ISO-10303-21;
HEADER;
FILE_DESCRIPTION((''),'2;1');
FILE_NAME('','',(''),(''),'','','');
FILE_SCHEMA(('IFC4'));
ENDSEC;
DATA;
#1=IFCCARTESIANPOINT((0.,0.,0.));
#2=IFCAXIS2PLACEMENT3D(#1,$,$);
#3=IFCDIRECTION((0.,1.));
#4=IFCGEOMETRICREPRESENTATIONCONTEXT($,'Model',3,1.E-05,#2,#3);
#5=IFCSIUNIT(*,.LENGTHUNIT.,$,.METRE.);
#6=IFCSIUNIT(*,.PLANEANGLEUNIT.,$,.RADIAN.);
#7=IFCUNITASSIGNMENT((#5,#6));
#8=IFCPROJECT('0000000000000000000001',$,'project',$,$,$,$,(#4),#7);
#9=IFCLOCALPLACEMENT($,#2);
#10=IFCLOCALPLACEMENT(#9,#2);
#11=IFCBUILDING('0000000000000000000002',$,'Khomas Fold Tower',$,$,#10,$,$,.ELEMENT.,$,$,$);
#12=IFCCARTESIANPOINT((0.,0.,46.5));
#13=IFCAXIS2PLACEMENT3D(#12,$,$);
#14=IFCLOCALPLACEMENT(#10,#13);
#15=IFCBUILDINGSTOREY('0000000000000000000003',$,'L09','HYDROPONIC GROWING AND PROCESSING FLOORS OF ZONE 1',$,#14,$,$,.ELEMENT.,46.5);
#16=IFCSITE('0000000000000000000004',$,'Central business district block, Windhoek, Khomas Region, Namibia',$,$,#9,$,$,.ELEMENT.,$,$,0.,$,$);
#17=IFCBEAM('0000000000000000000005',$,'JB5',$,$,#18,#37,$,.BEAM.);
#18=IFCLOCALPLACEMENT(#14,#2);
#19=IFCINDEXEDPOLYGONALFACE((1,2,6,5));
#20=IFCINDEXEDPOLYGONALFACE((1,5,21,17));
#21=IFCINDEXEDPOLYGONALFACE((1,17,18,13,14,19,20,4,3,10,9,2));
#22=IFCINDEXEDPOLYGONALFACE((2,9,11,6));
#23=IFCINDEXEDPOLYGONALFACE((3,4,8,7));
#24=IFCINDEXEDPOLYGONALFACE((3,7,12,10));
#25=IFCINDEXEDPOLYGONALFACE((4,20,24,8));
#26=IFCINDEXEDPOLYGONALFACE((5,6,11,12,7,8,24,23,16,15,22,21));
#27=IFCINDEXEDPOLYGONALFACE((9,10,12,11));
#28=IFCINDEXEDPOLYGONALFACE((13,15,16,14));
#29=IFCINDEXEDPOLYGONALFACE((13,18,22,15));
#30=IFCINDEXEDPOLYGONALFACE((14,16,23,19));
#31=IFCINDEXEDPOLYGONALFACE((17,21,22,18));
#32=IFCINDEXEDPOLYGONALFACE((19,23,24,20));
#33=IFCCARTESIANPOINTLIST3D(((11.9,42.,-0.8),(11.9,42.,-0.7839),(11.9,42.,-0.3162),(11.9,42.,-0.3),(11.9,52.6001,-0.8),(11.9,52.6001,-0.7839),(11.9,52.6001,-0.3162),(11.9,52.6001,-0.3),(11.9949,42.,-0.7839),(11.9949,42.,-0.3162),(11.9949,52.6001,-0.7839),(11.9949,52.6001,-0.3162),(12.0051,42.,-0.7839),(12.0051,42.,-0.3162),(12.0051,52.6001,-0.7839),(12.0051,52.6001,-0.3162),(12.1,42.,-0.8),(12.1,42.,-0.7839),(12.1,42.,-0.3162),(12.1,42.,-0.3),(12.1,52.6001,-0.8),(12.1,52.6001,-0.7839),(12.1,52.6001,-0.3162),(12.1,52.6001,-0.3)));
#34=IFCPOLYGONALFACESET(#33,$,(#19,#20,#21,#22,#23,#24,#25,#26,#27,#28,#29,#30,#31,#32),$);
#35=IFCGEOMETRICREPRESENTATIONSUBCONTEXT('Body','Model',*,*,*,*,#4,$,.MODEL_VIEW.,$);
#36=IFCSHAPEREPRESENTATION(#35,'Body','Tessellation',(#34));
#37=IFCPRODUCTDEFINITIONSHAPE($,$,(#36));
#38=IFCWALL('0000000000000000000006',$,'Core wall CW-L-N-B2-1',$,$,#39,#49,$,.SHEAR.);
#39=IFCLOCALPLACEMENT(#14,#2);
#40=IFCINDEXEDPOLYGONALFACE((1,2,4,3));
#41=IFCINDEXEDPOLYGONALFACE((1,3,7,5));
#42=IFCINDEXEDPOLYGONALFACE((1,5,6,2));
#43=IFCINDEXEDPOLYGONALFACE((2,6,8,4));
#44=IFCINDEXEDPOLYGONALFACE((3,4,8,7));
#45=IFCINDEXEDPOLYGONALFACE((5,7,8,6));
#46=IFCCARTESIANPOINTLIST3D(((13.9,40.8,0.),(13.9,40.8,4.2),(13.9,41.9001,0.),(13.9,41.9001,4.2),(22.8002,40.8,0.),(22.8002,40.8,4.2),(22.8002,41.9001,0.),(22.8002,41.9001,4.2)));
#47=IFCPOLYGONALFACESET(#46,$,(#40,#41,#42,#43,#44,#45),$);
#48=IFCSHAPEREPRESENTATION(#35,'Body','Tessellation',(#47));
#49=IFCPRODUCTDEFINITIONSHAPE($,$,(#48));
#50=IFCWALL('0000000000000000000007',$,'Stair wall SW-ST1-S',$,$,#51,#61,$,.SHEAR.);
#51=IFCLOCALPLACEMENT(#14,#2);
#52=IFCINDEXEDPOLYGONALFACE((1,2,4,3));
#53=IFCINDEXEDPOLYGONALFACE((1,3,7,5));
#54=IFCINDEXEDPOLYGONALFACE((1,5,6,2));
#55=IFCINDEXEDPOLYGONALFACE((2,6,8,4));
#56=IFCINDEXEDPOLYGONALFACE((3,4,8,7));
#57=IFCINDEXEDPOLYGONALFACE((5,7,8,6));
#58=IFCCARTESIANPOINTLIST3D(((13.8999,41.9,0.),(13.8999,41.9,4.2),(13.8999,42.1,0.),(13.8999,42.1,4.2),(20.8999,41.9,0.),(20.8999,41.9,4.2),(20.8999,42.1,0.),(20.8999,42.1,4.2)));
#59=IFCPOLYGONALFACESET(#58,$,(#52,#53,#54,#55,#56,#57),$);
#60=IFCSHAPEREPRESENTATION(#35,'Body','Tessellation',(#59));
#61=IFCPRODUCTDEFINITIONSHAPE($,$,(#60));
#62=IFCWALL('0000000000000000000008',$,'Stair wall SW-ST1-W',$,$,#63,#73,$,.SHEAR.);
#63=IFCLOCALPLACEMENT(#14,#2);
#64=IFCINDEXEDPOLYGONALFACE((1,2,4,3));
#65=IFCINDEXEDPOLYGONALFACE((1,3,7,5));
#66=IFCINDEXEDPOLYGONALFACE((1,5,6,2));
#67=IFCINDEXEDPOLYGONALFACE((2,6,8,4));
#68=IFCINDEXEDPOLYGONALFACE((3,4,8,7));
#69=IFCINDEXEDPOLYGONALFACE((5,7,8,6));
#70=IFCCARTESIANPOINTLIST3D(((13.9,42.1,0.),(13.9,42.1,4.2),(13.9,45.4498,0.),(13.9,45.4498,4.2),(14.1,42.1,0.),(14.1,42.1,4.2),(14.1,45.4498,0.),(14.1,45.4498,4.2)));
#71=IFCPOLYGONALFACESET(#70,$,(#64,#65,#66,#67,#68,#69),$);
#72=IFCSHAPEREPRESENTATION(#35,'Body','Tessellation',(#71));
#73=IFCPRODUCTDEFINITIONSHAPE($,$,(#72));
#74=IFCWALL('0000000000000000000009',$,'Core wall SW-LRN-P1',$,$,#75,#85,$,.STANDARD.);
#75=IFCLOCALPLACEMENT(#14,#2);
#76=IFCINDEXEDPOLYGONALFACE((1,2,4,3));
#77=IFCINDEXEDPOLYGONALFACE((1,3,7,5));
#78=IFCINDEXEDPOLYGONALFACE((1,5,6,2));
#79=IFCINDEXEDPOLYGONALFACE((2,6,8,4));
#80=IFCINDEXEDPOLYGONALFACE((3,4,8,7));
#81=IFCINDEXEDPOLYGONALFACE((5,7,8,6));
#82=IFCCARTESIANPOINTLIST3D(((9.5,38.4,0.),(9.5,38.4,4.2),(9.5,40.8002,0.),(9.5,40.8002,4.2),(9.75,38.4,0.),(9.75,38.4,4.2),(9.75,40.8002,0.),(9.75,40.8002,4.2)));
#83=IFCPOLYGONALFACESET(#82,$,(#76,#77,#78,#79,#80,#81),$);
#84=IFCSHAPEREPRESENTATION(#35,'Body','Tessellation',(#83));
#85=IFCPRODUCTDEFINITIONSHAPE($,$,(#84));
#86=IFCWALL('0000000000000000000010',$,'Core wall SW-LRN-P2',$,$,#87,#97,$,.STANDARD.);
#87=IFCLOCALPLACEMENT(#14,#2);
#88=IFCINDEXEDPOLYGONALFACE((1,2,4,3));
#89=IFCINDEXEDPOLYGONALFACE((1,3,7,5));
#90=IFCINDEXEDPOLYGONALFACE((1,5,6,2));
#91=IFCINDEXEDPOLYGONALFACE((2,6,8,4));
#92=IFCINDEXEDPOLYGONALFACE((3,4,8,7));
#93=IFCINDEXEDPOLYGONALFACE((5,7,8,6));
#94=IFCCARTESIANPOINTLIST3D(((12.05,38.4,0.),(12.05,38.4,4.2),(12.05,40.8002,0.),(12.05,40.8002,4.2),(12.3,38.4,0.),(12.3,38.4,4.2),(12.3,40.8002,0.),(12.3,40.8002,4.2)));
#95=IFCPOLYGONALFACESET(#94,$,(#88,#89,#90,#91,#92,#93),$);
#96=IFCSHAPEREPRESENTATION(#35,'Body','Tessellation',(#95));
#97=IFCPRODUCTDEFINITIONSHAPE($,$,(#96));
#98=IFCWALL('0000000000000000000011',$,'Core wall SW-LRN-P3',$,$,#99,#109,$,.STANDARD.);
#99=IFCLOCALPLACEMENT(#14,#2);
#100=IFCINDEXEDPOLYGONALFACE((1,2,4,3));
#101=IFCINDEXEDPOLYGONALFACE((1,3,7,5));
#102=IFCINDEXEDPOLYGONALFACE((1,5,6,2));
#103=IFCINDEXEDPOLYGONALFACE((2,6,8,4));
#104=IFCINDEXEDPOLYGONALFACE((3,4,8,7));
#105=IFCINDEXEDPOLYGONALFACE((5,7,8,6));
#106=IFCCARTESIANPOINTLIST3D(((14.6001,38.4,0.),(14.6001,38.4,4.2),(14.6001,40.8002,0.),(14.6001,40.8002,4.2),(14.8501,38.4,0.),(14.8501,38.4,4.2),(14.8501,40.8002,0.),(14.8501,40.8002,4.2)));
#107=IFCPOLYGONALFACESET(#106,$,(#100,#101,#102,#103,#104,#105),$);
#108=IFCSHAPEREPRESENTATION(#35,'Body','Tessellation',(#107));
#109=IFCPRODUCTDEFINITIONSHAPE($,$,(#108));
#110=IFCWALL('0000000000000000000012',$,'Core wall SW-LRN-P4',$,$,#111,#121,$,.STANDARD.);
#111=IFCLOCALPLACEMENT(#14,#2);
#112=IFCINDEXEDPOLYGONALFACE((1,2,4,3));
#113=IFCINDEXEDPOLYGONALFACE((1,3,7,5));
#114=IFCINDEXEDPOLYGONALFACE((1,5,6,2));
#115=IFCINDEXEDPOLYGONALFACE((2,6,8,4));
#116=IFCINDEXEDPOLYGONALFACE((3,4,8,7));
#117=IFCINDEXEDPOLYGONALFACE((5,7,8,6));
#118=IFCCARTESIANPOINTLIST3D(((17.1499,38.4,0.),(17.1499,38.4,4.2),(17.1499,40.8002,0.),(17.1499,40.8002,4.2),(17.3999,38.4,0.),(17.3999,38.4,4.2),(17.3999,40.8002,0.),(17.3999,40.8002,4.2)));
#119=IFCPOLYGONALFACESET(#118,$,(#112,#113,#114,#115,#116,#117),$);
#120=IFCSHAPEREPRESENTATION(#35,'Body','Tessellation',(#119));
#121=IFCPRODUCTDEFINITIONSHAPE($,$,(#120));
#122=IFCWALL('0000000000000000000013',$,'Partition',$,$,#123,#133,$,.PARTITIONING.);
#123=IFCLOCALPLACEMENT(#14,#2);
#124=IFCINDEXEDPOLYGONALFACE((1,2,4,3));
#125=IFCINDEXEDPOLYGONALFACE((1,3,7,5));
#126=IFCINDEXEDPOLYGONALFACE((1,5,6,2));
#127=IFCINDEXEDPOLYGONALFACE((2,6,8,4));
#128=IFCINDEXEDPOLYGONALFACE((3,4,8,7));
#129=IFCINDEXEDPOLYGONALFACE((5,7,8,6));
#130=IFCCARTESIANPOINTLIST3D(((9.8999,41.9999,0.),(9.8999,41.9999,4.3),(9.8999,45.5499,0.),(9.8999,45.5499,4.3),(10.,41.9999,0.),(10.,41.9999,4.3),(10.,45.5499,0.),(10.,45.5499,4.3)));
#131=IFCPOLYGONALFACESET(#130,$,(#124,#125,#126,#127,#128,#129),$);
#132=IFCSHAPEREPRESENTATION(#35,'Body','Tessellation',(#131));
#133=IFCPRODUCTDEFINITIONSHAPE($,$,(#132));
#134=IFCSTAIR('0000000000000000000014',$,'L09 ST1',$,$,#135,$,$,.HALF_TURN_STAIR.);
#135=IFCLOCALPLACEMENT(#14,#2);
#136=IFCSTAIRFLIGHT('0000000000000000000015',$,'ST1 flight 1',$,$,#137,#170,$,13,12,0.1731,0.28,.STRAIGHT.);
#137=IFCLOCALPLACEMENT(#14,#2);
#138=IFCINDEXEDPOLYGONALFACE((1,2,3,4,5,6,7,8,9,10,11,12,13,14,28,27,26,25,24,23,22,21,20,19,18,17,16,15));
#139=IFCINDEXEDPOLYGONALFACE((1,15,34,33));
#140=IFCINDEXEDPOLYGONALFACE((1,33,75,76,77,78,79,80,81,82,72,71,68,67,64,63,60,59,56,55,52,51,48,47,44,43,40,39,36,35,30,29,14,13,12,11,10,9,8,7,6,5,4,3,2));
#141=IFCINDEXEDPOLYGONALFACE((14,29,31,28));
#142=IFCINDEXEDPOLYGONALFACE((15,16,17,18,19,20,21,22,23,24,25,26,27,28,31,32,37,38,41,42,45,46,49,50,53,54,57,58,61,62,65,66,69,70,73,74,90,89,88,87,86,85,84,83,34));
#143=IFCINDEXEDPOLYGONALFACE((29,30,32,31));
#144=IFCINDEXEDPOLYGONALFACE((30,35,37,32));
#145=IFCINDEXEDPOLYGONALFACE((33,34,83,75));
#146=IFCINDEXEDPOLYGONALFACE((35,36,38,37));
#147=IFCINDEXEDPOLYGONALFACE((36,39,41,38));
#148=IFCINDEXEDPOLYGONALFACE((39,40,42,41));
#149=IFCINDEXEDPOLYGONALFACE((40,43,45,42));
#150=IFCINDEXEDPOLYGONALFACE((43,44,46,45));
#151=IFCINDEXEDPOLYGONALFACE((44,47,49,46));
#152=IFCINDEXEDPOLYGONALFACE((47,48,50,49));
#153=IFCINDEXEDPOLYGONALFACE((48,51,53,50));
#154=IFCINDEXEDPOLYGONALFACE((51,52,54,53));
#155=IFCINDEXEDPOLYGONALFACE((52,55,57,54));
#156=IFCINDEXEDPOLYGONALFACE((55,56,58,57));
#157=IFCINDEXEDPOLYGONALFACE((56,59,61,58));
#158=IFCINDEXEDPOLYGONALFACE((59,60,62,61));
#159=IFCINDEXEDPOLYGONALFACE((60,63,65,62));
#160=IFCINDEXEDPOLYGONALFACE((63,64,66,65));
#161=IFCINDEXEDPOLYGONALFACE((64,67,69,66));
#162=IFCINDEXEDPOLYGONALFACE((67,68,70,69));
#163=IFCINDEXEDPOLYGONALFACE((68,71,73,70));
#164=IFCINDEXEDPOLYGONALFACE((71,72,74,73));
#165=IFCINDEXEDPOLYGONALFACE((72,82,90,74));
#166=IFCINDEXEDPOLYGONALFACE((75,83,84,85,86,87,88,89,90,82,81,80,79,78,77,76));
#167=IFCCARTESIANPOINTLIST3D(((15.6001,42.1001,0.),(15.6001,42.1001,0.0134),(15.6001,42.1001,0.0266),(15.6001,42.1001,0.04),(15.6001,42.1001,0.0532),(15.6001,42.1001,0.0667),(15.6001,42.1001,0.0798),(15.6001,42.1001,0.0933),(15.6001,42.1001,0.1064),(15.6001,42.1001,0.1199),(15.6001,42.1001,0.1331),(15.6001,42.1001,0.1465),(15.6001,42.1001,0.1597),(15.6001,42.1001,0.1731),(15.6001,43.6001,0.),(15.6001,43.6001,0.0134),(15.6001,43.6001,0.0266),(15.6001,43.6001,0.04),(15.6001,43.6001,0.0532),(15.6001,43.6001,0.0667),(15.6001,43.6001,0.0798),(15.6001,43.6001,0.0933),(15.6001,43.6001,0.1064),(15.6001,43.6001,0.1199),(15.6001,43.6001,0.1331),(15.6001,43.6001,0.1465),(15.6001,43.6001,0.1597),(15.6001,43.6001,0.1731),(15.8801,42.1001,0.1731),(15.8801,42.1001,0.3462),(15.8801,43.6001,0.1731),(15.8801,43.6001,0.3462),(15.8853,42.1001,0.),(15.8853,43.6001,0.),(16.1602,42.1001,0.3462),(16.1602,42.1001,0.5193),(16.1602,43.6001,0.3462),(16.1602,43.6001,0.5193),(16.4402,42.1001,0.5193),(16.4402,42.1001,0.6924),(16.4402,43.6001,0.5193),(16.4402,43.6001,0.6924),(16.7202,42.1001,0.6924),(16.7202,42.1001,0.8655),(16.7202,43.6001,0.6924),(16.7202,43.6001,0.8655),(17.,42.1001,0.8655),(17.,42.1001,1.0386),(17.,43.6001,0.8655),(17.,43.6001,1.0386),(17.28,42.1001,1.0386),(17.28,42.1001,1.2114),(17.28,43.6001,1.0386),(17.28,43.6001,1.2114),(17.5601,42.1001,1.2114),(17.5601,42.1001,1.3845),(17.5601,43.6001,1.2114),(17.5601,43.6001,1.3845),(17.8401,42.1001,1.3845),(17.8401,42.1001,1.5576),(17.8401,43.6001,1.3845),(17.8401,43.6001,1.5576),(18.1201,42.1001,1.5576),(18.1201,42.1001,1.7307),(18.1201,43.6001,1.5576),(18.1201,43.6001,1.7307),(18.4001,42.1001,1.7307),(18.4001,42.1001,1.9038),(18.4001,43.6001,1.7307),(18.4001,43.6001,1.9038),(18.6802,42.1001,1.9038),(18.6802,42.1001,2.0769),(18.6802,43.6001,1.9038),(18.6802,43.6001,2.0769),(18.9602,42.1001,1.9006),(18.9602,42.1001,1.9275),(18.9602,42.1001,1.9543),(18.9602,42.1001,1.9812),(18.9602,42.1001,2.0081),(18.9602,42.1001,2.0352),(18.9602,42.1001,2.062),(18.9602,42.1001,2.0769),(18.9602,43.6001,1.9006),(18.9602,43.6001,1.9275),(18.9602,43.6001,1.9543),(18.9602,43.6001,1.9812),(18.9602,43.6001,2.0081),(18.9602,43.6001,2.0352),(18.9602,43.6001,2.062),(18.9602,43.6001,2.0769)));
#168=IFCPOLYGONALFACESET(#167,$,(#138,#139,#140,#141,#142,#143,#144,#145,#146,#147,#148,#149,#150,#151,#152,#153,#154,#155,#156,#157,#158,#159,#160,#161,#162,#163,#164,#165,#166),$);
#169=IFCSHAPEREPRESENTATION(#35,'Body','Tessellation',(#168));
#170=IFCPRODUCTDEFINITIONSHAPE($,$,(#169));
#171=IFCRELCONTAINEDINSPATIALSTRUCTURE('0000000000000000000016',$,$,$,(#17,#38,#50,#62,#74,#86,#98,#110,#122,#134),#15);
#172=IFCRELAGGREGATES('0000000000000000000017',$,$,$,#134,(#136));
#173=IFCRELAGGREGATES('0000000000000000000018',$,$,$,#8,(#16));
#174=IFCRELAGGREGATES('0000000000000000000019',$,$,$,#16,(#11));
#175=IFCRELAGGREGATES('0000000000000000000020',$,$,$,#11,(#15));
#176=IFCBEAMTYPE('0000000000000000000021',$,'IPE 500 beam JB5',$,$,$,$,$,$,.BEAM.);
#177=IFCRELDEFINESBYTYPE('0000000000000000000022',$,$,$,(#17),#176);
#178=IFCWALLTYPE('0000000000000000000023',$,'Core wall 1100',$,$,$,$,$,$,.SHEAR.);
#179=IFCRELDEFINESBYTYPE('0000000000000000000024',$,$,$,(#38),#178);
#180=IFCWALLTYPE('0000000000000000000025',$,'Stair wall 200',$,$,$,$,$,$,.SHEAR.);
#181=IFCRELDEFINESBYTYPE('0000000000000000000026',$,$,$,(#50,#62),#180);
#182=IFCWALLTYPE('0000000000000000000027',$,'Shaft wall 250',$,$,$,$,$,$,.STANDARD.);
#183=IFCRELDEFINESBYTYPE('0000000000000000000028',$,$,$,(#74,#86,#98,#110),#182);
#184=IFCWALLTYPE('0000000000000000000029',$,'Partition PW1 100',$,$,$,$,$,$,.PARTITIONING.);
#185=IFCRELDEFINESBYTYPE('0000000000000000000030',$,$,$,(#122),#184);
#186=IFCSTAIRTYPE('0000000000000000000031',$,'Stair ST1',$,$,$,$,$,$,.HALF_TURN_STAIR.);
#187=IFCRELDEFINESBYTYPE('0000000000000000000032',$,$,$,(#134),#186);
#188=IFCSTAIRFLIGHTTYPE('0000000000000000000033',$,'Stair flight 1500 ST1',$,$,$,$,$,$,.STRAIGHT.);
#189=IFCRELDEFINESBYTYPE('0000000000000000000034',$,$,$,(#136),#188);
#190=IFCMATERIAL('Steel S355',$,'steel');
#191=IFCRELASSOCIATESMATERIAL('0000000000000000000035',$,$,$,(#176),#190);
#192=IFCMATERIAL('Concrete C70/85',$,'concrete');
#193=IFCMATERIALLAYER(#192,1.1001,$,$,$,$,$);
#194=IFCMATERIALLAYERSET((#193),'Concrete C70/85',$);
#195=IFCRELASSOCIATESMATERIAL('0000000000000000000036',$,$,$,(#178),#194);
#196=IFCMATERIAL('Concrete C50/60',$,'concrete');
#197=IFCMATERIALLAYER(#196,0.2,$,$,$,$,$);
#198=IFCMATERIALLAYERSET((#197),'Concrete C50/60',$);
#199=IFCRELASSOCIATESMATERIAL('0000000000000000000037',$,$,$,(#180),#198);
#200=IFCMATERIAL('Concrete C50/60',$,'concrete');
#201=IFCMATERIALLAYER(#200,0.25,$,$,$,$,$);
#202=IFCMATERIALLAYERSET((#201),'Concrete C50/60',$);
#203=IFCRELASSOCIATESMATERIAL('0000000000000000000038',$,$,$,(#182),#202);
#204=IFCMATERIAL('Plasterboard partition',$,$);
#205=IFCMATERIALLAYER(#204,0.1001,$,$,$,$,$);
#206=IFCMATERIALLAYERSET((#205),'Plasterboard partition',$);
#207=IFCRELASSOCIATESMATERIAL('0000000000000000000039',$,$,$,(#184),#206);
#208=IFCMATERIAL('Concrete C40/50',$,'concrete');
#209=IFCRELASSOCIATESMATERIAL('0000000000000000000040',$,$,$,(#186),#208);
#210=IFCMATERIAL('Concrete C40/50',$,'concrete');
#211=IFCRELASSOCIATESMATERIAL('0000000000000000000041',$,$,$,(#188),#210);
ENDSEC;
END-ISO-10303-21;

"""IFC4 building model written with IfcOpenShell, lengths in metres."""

from ifc_helpers import new_model, si_unit, direction, frame, frame_2d, origin, origin_2d, place, context, subcontext, project, spatial, polyline, rectangle, i_section, outline, extrude, source, transform, mapped, material, layer, layer_set, material_profile, profile_set, type_object, element, aggregate, save


model = new_model("IFC4")

# Units and contexts
model_context = context("Model", 3, precision=1e-05, world=origin(), true_north=direction((0.0, 1.0)))
body_context = subcontext(model_context, "Body", "Model", "MODEL_VIEW")
ifc_project = project(units=[si_unit("LENGTHUNIT", "METRE"), si_unit("PLANEANGLEUNIT", "RADIAN")], contexts=[model_context])

# Site, building, storey
site_placement = place(None, origin())
site = spatial("IfcSite", under=ifc_project, at=site_placement, Name="Central business district block, Windhoek, Khomas Region, Namibia", CompositionType="ELEMENT", RefElevation=0.0)
building_placement = place(site_placement, origin())
building = spatial("IfcBuilding", under=site, at=building_placement, Name="Khomas Fold Tower", CompositionType="ELEMENT")
storey_placement = place(building_placement, frame((0.0, 0.0, 46.5)))
storey = spatial("IfcBuildingStorey", under=building, at=storey_placement, Name="L09", Description="HYDROPONIC GROWING AND PROCESSING FLOORS OF ZONE 1", CompositionType="ELEMENT", Elevation=46.5)

# Beam
ifc_material_1 = material(Name="Steel S355", Category="steel")
ifc_material_profile = material_profile(ifc_material_1, i_section(OverallWidth=0.2, OverallDepth=0.5, WebThickness=0.0103, FlangeThickness=0.0161, at=origin_2d()), Name="IPE 500")
ifc_profile_set = profile_set([ifc_material_profile], Name="Steel S355")
beam_type = type_object("IfcBeamType", Name="IPE 500 beam JB5", PredefinedType="BEAM", material=ifc_profile_set)
shared_shape_1 = source(origin(), body_context, "Body", "SweptSolid", [
    extrude(i_section(OverallWidth=0.2, OverallDepth=0.5, WebThickness=0.0103, FlangeThickness=0.0161, at=origin_2d()), origin(), (0.0, 0.0, 1.0), 10.6001),
])
beam_placement = place(storey_placement, frame((12.0, 42.0, -0.55), z_axis=(0.0, 1.0, 0.0), x_axis=(-1.0, 0.0, 0.0)))
element("IfcBeam", 1, at=beam_placement, inside=storey, type_object=beam_type, Name="JB5", PredefinedType="BEAM", context=body_context, shape_type="MappedRepresentation", body=[
    mapped(shared_shape_1, transform((0.0, 0.0, 0.0))),
])

# Walls
ifc_material_2 = material(Name="Concrete C70/85", Category="concrete")
ifc_layer_1 = layer(ifc_material_2, 1.1001)
ifc_layer_set_1 = layer_set([ifc_layer_1], Name="Concrete C70/85")
wall_type_1 = type_object("IfcWallType", Name="Core wall 1100", PredefinedType="SHEAR", material=ifc_layer_set_1)
shared_shape_2 = source(origin(), body_context, "Body", "SweptSolid", [
    extrude(rectangle(XDim=8.9001, YDim=1.1001, at=frame_2d((4.4502, 0.0))), origin(), (0.0, 0.0, 1.0), 4.2),
])
wall_1_placement = place(storey_placement, frame((13.8999, 41.3501, 0.0), z_axis=(0.0, 0.0, 1.0), x_axis=(1.0, 0.0, 0.0)))
element("IfcWall", 2, at=wall_1_placement, inside=storey, type_object=wall_type_1, Name="Core wall CW-L-N-B2-1", PredefinedType="SHEAR", context=body_context, shape_type="MappedRepresentation", body=[
    mapped(shared_shape_2, transform((0.0, 0.0, 0.0))),
])
ifc_material_3 = material(Name="Concrete C50/60", Category="concrete")
ifc_layer_2 = layer(ifc_material_3, 0.2)
ifc_layer_set_2 = layer_set([ifc_layer_2], Name="Concrete C50/60")
wall_type_2 = type_object("IfcWallType", Name="Stair wall 200", PredefinedType="SHEAR", material=ifc_layer_set_2)
shared_shape_3 = source(origin(), body_context, "Body", "SweptSolid", [
    extrude(rectangle(XDim=7.0, YDim=0.2, at=frame_2d((3.5, 0.0))), origin(), (0.0, 0.0, 1.0), 4.2),
])
wall_2_placement = place(storey_placement, frame((13.8999, 42.0, 0.0), z_axis=(0.0, 0.0, 1.0), x_axis=(1.0, 0.0, 0.0)))
element("IfcWall", 3, at=wall_2_placement, inside=storey, type_object=wall_type_2, Name="Stair wall SW-ST1-S", PredefinedType="SHEAR", context=body_context, shape_type="MappedRepresentation", body=[
    mapped(shared_shape_3, transform((0.0, 0.0, 0.0))),
])
shared_shape_4 = source(origin(), body_context, "Body", "SweptSolid", [
    extrude(rectangle(XDim=3.3499, YDim=0.2, at=frame_2d((1.6748, 0.0))), origin(), (0.0, 0.0, 1.0), 4.2),
])
wall_3_placement = place(storey_placement, frame((14.0, 42.1001, 0.0), z_axis=(0.0, 0.0, 1.0), x_axis=(0.0, 1.0, 0.0)))
element("IfcWall", 4, at=wall_3_placement, inside=storey, type_object=wall_type_2, Name="Stair wall SW-ST1-W", PredefinedType="SHEAR", context=body_context, shape_type="MappedRepresentation", body=[
    mapped(shared_shape_4, transform((0.0, 0.0, 0.0))),
])
ifc_material_4 = material(Name="Concrete C50/60", Category="concrete")
ifc_layer_3 = layer(ifc_material_4, 0.25)
ifc_layer_set_3 = layer_set([ifc_layer_3], Name="Concrete C50/60")
wall_type_3 = type_object("IfcWallType", Name="Shaft wall 250", PredefinedType="STANDARD", material=ifc_layer_set_3)
shared_shape_5 = source(origin(), body_context, "Body", "SweptSolid", [
    extrude(rectangle(XDim=2.4001, YDim=0.25, at=frame_2d((1.2002, 0.0))), origin(), (0.0, 0.0, 1.0), 4.2),
])
for number, where, z_axis, x_axis, name in (
    (5, (9.625, 38.3999, 0.0), (0.0, 0.0, 1.0), (0.0, 1.0, 0.0), "Core wall SW-LRN-P1"),
    (6, (12.175, 38.3999, 0.0), (0.0, 0.0, 1.0), (0.0, 1.0, 0.0), "Core wall SW-LRN-P2"),
    (7, (14.7251, 38.3999, 0.0), (0.0, 0.0, 1.0), (0.0, 1.0, 0.0), "Core wall SW-LRN-P3"),
    (8, (17.2749, 38.3999, 0.0), (0.0, 0.0, 1.0), (0.0, 1.0, 0.0), "Core wall SW-LRN-P4"),
):
    element("IfcWall", number, at=place(storey_placement, frame(where, z_axis=z_axis, x_axis=x_axis)), inside=storey, type_object=wall_type_3, Name=name, PredefinedType="STANDARD", context=body_context, shape_type="MappedRepresentation", body=[
        mapped(shared_shape_5, transform((0.0, 0.0, 0.0))),
    ])
ifc_material_5 = material(Name="Plasterboard partition")
ifc_layer_4 = layer(ifc_material_5, 0.1001)
ifc_layer_set_4 = layer_set([ifc_layer_4], Name="Plasterboard partition")
wall_type_4 = type_object("IfcWallType", Name="Partition PW1 100", PredefinedType="PARTITIONING", material=ifc_layer_set_4)
shared_shape_6 = source(origin(), body_context, "Body", "SweptSolid", [
    extrude(rectangle(XDim=3.55, YDim=0.1001, at=frame_2d((1.7749, 0.0))), origin(), (0.0, 0.0, 1.0), 4.3),
])
wall_4_placement = place(storey_placement, frame((9.95, 42.0, 0.0), z_axis=(0.0, 0.0, 1.0), x_axis=(0.0, 1.0, 0.0)))
element("IfcWall", 9, at=wall_4_placement, inside=storey, type_object=wall_type_4, Name="Partition", PredefinedType="PARTITIONING", context=body_context, shape_type="MappedRepresentation", body=[
    mapped(shared_shape_6, transform((0.0, 0.0, 0.0))),
])

# Stair, stair flight
ifc_material_6 = material(Name="Concrete C40/50", Category="concrete")
stair_type = type_object("IfcStairType", Name="Stair ST1", PredefinedType="HALF_TURN_STAIR", material=ifc_material_6)
stair_placement = place(storey_placement, origin())
stair = element("IfcStair", 10, at=stair_placement, inside=storey, type_object=stair_type, Name="L09 ST1", PredefinedType="HALF_TURN_STAIR")
ifc_material_7 = material(Name="Concrete C40/50", Category="concrete")
stair_flight_type = type_object("IfcStairFlightType", Name="Stair flight 1500 ST1", PredefinedType="STRAIGHT", material=ifc_material_7)
shared_shape_7 = source(origin(), body_context, "Body", "SweptSolid", [
    extrude(outline(polyline([(0.0, 0.0), (0.0, 0.0134), (0.0, 0.0266), (0.0, 0.04), (0.0, 0.0532), (0.0, 0.0667), (0.0, 0.0798), (0.0, 0.0933), (0.0, 0.1064), (0.0, 0.1199), (0.0, 0.1331), (0.0, 0.1465), (0.0, 0.1597), (0.0, 0.1731), (0.28, 0.1731), (0.28, 0.3462), (0.5601, 0.3462), (0.5601, 0.5193), (0.8401, 0.5193), (0.8401, 0.6924), (1.1201, 0.6924), (1.1201, 0.8655), (1.3999, 0.8655), (1.3999, 1.0386), (1.6799, 1.0386), (1.6799, 1.2114), (1.96, 1.2114), (1.96, 1.3845), (2.24, 1.3845), (2.24, 1.5576), (2.52, 1.5576), (2.52, 1.7307), (2.8, 1.7307), (2.8, 1.9038), (3.0801, 1.9038), (3.0801, 2.0769), (3.3601, 2.0769), (3.3601, 2.25), (3.3601, 2.2231), (3.3601, 2.1963), (3.3601, 2.1694), (3.3601, 2.1426), (3.3601, 2.1157), (3.3601, 2.0889), (3.3601, 2.062), (3.3601, 2.0352), (3.3601, 2.0081), (3.3601, 1.9812), (3.3601, 1.9543), (3.3601, 1.9275), (3.3601, 1.9006), (0.2852, 0.0), (0.0, 0.0)])), frame((0.0, 0.75, 0.0), z_axis=(0.0, -1.0, 0.0), x_axis=(1.0, 0.0, 0.0)), (0.0, 0.0, 1.0), 1.5),
])
stair_flight_placement = place(storey_placement, frame((15.6001, 42.8501, 0.0), z_axis=(0.0, 0.0, 1.0), x_axis=(1.0, 0.0, 0.0)))
stair_flight = element("IfcStairFlight", 11, at=stair_flight_placement, type_object=stair_flight_type, Name="ST1 flight 1", NumberOfRisers=13, NumberOfTreads=12, PredefinedType="STRAIGHT", RiserHeight=0.1731, TreadLength=0.28, context=body_context, shape_type="MappedRepresentation", body=[
    mapped(shared_shape_7, transform((0.0, 0.0, 0.0))),
])
aggregate(stair, [stair_flight])

save(model, "model.ifc")
